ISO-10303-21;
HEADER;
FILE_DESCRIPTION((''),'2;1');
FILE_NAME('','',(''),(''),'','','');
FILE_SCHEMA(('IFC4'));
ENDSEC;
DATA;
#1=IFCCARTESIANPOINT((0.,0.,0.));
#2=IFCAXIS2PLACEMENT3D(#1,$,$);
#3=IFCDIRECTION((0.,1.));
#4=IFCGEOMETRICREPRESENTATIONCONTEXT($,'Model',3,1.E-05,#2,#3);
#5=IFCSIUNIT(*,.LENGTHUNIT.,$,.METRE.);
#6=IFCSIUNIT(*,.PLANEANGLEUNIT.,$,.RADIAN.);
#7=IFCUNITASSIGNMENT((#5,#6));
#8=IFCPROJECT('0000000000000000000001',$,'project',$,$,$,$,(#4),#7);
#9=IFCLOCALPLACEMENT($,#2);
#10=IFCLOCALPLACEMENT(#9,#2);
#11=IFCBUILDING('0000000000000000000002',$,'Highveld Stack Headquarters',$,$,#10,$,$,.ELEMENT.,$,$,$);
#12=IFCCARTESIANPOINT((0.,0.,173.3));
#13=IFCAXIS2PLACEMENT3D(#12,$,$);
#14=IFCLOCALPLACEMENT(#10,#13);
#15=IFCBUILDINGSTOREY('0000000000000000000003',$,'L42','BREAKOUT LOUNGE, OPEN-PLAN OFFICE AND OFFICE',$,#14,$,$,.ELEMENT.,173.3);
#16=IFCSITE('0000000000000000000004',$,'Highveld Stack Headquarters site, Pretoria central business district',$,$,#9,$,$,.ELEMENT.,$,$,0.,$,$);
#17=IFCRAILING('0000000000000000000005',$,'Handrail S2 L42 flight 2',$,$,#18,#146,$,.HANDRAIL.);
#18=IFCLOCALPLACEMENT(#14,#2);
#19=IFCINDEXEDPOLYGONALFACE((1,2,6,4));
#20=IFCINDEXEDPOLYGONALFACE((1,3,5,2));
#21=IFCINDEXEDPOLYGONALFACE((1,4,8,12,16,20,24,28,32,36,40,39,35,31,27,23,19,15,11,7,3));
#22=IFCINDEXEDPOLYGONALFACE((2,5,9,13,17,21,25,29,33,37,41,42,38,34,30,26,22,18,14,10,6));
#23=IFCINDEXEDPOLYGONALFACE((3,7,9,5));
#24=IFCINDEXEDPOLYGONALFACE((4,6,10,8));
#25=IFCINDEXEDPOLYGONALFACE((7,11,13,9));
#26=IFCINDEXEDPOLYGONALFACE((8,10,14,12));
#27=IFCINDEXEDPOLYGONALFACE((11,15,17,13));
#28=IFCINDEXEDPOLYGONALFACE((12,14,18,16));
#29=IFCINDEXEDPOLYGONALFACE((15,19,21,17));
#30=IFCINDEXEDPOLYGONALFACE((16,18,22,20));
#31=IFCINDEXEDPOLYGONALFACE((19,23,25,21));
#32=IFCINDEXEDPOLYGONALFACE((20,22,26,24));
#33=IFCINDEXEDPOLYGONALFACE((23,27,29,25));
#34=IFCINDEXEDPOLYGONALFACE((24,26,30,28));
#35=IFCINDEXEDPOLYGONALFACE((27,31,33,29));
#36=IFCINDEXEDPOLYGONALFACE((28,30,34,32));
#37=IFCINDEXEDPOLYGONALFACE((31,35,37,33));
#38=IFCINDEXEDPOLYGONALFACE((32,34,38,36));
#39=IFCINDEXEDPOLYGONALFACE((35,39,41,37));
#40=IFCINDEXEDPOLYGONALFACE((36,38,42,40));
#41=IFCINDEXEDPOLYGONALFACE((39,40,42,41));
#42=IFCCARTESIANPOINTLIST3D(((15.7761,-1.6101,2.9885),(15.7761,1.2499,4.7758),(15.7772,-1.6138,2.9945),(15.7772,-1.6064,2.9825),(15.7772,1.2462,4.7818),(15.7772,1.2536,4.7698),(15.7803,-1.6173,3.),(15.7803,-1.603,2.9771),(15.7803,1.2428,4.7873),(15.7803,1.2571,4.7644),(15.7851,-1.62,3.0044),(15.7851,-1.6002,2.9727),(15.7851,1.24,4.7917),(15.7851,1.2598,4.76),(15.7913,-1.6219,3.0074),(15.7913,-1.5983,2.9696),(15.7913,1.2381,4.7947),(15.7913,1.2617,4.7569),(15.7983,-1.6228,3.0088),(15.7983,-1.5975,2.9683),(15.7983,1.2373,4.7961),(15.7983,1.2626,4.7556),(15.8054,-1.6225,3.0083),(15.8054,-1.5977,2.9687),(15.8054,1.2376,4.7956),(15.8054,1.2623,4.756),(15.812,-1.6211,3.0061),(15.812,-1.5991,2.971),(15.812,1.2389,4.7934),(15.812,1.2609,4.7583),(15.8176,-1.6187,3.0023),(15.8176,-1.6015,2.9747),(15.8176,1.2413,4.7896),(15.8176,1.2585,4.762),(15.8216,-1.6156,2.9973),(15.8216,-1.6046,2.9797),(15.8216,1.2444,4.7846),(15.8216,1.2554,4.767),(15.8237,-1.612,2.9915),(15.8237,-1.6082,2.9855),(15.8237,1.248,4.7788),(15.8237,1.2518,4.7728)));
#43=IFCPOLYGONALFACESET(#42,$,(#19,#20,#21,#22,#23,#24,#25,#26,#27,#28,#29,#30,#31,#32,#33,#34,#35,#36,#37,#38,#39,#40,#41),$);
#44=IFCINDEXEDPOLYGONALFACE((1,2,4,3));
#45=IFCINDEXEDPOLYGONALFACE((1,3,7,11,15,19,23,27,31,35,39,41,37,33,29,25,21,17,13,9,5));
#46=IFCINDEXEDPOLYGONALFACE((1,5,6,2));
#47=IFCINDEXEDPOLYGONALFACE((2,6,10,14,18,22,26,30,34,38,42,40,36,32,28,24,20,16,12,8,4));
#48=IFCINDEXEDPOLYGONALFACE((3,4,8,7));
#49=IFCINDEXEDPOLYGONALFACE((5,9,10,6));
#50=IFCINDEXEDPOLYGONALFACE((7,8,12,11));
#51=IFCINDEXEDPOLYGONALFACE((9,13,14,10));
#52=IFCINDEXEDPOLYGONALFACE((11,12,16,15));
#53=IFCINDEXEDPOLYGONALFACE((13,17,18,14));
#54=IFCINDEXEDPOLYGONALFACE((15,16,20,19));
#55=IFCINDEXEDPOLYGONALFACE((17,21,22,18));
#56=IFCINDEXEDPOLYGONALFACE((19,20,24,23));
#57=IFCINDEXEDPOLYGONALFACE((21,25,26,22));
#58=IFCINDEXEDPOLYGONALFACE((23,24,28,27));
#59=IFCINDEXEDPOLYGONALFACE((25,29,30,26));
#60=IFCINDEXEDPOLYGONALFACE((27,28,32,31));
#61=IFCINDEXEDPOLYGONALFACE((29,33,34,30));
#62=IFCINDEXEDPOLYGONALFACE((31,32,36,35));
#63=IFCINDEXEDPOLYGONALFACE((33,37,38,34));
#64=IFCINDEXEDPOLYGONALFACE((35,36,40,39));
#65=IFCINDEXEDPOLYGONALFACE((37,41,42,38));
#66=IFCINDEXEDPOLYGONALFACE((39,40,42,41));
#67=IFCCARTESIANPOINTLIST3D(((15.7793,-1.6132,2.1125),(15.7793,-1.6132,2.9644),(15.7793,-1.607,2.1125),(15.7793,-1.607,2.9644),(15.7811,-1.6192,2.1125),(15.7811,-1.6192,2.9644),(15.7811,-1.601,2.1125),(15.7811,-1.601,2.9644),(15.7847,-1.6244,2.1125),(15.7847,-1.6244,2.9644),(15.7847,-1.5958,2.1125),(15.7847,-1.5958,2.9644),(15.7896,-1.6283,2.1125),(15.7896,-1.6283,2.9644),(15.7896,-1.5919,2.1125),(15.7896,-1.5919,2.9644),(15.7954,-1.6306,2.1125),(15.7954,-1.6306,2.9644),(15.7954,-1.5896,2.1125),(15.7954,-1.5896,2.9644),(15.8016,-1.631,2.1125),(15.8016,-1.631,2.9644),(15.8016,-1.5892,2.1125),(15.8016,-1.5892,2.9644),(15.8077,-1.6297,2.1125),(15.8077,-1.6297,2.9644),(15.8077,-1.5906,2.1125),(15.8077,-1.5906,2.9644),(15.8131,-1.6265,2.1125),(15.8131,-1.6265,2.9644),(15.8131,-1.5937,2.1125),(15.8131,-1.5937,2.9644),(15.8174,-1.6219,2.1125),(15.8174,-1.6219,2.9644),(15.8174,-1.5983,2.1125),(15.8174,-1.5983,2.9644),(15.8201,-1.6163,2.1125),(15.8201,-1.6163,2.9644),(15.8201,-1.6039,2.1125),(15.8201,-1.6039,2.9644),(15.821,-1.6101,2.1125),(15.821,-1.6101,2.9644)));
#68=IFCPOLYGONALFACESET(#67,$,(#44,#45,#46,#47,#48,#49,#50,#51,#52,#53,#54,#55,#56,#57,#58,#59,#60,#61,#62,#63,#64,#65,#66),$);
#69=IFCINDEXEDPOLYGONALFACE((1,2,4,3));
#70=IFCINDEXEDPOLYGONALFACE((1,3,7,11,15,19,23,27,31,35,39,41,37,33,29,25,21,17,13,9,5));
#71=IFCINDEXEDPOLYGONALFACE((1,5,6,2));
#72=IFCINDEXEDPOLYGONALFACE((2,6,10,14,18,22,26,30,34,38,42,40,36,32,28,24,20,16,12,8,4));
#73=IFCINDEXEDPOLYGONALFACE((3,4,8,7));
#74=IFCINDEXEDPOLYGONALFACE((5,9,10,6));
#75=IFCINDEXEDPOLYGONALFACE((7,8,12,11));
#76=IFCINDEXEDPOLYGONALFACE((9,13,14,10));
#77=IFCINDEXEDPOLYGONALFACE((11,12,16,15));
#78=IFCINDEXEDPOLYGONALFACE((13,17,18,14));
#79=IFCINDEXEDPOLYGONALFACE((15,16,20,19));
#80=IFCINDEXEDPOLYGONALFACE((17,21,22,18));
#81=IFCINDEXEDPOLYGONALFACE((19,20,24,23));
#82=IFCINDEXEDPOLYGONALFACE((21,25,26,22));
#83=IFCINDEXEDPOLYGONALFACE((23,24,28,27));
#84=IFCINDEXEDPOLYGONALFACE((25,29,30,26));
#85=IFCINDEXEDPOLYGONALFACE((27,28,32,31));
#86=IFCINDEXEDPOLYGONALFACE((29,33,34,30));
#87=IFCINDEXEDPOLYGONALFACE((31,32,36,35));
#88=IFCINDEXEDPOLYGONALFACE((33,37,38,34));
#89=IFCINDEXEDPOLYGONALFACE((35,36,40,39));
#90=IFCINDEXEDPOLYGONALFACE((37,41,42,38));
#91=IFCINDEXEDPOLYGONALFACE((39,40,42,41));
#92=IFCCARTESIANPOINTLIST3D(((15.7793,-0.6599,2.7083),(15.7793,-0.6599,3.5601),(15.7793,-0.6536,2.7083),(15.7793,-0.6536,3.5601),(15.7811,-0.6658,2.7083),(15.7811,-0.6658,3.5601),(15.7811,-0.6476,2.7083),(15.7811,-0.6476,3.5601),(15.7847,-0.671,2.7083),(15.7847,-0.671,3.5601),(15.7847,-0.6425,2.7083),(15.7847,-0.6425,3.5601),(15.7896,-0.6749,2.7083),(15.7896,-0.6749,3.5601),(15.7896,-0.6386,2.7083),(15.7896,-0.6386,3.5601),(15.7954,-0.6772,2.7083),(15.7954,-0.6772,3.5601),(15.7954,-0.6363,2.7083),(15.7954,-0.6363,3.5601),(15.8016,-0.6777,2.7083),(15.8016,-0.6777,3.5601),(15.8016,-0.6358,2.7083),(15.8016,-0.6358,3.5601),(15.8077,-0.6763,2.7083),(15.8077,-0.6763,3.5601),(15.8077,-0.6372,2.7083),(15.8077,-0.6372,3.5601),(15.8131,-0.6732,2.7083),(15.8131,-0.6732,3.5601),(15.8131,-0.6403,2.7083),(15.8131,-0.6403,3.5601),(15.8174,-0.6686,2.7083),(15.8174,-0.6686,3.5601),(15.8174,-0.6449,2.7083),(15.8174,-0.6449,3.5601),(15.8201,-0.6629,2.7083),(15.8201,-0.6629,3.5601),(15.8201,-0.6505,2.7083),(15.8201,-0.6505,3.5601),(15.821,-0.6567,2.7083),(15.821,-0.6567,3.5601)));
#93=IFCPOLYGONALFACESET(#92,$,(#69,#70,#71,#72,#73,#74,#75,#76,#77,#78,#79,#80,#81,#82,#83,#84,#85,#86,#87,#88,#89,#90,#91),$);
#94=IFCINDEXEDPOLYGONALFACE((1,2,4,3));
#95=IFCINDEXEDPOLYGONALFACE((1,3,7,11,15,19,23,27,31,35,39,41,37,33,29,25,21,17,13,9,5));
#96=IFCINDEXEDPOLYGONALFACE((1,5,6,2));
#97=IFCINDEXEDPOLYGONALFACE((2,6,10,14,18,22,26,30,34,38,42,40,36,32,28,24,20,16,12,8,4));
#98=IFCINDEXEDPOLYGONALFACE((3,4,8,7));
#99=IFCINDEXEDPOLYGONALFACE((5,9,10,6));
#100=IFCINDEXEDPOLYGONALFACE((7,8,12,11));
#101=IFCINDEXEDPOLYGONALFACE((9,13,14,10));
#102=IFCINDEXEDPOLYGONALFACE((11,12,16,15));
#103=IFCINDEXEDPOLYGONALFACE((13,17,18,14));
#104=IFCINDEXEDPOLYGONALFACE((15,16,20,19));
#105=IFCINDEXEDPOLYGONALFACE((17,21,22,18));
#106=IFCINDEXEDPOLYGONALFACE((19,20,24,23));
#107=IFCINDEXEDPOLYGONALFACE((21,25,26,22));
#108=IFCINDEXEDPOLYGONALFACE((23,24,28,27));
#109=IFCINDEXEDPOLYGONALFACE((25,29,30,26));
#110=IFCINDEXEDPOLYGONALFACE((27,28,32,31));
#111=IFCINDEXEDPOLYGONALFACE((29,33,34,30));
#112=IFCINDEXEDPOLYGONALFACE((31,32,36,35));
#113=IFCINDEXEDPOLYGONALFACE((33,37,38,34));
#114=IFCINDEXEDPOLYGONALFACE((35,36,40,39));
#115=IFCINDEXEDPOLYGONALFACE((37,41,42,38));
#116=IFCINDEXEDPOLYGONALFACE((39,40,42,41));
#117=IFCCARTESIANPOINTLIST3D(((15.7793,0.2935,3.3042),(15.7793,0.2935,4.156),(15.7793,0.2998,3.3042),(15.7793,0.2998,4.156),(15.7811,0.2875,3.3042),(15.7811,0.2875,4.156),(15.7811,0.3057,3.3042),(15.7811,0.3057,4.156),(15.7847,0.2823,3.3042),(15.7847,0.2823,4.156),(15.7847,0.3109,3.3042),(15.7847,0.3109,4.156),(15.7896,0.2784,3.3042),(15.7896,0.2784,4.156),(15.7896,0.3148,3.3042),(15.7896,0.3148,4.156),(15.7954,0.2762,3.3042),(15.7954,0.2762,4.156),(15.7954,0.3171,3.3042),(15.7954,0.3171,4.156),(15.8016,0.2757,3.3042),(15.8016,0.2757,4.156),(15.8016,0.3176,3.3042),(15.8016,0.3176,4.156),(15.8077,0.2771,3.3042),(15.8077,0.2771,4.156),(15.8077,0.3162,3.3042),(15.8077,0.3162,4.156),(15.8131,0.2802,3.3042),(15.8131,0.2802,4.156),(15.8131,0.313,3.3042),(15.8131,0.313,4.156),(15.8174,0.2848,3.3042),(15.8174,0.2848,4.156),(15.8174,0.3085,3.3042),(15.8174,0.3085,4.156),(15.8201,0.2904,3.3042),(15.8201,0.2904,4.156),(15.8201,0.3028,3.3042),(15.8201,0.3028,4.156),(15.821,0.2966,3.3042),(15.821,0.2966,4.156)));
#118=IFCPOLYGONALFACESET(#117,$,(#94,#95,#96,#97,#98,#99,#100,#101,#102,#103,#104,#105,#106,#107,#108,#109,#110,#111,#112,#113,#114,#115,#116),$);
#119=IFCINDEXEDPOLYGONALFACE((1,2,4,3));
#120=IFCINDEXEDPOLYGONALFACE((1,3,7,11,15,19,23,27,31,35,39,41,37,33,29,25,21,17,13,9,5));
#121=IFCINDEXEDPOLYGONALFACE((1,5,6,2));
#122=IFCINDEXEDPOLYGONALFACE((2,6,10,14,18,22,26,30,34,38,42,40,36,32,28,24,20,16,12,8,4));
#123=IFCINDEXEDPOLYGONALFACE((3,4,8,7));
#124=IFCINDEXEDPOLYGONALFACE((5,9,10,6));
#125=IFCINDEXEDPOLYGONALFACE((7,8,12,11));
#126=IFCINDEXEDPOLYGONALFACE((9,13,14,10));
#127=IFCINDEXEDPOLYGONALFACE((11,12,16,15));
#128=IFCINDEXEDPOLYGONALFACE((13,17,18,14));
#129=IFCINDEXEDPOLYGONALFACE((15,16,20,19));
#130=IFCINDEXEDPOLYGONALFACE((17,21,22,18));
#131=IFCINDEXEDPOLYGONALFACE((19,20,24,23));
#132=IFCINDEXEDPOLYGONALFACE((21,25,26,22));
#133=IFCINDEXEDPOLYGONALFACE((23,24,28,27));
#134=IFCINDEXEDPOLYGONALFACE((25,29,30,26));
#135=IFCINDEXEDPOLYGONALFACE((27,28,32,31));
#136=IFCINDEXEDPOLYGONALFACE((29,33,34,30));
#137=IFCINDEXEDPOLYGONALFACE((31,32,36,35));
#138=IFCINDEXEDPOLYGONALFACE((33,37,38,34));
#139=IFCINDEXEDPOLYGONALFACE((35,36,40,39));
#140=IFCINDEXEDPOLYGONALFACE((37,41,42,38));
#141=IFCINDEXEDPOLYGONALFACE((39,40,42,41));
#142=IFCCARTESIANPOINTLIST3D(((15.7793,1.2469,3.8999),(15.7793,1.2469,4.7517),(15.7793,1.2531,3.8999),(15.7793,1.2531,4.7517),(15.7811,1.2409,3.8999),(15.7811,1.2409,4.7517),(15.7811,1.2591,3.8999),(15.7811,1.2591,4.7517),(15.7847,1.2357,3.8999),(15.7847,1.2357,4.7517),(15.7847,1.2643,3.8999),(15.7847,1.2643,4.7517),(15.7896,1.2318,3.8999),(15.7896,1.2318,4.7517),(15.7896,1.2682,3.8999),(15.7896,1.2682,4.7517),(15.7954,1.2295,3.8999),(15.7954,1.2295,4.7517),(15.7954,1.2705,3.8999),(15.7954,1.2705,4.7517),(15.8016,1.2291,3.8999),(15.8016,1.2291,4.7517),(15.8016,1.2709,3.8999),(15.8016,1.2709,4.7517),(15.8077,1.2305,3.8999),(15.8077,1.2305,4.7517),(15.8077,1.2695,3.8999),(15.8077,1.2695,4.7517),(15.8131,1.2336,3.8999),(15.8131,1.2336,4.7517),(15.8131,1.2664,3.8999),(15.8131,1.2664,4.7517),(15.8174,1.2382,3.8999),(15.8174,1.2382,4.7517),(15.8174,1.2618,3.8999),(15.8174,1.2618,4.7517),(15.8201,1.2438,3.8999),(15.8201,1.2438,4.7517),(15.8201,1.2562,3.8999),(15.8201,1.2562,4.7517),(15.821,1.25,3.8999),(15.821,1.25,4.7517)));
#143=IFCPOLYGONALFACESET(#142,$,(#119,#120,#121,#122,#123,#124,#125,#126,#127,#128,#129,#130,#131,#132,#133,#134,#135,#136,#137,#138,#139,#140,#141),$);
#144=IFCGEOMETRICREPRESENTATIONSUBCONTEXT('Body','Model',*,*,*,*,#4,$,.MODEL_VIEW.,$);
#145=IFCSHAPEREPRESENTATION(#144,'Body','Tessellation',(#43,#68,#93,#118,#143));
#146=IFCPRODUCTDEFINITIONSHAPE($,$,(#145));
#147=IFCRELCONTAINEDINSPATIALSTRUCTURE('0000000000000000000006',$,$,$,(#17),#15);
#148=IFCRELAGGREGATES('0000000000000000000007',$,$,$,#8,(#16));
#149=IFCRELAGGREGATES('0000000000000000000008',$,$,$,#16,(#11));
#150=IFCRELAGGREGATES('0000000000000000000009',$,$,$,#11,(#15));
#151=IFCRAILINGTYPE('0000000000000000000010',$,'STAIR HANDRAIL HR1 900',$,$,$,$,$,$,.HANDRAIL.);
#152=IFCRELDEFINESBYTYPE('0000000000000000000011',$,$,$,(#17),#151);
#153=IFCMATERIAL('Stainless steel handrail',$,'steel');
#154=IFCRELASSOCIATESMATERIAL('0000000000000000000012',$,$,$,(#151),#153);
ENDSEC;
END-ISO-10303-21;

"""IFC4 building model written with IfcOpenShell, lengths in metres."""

from ifc_helpers import new_model, si_unit, direction, frame, origin, origin_2d, place, context, subcontext, project, spatial, circle, extrude, material, type_object, element, save


model = new_model("IFC4")

# Units and contexts
model_context = context("Model", 3, precision=1e-05, world=origin(), true_north=direction((0.0, 1.0)))
body_context = subcontext(model_context, "Body", "Model", "MODEL_VIEW")
ifc_project = project(units=[si_unit("LENGTHUNIT", "METRE"), si_unit("PLANEANGLEUNIT", "RADIAN")], contexts=[model_context])

# Site, building, storey
site_placement = place(None, origin())
site = spatial("IfcSite", under=ifc_project, at=site_placement, Name="Highveld Stack Headquarters site, Pretoria central business district", CompositionType="ELEMENT", RefElevation=0.0)
building_placement = place(site_placement, origin())
building = spatial("IfcBuilding", under=site, at=building_placement, Name="Highveld Stack Headquarters", CompositionType="ELEMENT")
storey_placement = place(building_placement, frame((0.0, 0.0, 173.3)))
storey = spatial("IfcBuildingStorey", under=building, at=storey_placement, Name="L42", Description="BREAKOUT LOUNGE, OPEN-PLAN OFFICE AND OFFICE", CompositionType="ELEMENT", Elevation=173.3)

# Railing
ifc_material_1 = material(Name="Stainless steel handrail", Category="steel")
railing_type = type_object("IfcRailingType", Name="STAIR HANDRAIL HR1 900", PredefinedType="HANDRAIL", material=ifc_material_1)
for number, where, name in (
    (1, (15.8, -1.6101, 2.1125), "Handrail S2 L42 flight 2"),
):
    element("IfcRailing", number, at=place(storey_placement, frame(where)), inside=storey, type_object=railing_type, Name=name, PredefinedType="HANDRAIL", context=body_context, shape_type="SweptSolid", body=[
        extrude(circle(Radius=0.0239, at=origin_2d()), frame((0.0, 0.0, 0.876), z_axis=(0.0, 0.848027, 0.529953), x_axis=(-1.0, 0.0, 0.0)), (0.0, 0.0, 1.0), 3.3726),
        extrude(circle(Radius=0.021, at=origin_2d()), origin(), (0.0, 0.0, 1.0), 0.8518),
        extrude(circle(Radius=0.021, at=origin_2d()), frame((0.0, 0.9534, 0.5957)), (0.0, 0.0, 1.0), 0.8518),
        extrude(circle(Radius=0.021, at=origin_2d()), frame((0.0, 1.9067, 1.1917)), (0.0, 0.0, 1.0), 0.8518),
        extrude(circle(Radius=0.021, at=origin_2d()), frame((0.0, 2.8601, 1.7874)), (0.0, 0.0, 1.0), 0.8518),
    ])

save(model, "model.ifc")
